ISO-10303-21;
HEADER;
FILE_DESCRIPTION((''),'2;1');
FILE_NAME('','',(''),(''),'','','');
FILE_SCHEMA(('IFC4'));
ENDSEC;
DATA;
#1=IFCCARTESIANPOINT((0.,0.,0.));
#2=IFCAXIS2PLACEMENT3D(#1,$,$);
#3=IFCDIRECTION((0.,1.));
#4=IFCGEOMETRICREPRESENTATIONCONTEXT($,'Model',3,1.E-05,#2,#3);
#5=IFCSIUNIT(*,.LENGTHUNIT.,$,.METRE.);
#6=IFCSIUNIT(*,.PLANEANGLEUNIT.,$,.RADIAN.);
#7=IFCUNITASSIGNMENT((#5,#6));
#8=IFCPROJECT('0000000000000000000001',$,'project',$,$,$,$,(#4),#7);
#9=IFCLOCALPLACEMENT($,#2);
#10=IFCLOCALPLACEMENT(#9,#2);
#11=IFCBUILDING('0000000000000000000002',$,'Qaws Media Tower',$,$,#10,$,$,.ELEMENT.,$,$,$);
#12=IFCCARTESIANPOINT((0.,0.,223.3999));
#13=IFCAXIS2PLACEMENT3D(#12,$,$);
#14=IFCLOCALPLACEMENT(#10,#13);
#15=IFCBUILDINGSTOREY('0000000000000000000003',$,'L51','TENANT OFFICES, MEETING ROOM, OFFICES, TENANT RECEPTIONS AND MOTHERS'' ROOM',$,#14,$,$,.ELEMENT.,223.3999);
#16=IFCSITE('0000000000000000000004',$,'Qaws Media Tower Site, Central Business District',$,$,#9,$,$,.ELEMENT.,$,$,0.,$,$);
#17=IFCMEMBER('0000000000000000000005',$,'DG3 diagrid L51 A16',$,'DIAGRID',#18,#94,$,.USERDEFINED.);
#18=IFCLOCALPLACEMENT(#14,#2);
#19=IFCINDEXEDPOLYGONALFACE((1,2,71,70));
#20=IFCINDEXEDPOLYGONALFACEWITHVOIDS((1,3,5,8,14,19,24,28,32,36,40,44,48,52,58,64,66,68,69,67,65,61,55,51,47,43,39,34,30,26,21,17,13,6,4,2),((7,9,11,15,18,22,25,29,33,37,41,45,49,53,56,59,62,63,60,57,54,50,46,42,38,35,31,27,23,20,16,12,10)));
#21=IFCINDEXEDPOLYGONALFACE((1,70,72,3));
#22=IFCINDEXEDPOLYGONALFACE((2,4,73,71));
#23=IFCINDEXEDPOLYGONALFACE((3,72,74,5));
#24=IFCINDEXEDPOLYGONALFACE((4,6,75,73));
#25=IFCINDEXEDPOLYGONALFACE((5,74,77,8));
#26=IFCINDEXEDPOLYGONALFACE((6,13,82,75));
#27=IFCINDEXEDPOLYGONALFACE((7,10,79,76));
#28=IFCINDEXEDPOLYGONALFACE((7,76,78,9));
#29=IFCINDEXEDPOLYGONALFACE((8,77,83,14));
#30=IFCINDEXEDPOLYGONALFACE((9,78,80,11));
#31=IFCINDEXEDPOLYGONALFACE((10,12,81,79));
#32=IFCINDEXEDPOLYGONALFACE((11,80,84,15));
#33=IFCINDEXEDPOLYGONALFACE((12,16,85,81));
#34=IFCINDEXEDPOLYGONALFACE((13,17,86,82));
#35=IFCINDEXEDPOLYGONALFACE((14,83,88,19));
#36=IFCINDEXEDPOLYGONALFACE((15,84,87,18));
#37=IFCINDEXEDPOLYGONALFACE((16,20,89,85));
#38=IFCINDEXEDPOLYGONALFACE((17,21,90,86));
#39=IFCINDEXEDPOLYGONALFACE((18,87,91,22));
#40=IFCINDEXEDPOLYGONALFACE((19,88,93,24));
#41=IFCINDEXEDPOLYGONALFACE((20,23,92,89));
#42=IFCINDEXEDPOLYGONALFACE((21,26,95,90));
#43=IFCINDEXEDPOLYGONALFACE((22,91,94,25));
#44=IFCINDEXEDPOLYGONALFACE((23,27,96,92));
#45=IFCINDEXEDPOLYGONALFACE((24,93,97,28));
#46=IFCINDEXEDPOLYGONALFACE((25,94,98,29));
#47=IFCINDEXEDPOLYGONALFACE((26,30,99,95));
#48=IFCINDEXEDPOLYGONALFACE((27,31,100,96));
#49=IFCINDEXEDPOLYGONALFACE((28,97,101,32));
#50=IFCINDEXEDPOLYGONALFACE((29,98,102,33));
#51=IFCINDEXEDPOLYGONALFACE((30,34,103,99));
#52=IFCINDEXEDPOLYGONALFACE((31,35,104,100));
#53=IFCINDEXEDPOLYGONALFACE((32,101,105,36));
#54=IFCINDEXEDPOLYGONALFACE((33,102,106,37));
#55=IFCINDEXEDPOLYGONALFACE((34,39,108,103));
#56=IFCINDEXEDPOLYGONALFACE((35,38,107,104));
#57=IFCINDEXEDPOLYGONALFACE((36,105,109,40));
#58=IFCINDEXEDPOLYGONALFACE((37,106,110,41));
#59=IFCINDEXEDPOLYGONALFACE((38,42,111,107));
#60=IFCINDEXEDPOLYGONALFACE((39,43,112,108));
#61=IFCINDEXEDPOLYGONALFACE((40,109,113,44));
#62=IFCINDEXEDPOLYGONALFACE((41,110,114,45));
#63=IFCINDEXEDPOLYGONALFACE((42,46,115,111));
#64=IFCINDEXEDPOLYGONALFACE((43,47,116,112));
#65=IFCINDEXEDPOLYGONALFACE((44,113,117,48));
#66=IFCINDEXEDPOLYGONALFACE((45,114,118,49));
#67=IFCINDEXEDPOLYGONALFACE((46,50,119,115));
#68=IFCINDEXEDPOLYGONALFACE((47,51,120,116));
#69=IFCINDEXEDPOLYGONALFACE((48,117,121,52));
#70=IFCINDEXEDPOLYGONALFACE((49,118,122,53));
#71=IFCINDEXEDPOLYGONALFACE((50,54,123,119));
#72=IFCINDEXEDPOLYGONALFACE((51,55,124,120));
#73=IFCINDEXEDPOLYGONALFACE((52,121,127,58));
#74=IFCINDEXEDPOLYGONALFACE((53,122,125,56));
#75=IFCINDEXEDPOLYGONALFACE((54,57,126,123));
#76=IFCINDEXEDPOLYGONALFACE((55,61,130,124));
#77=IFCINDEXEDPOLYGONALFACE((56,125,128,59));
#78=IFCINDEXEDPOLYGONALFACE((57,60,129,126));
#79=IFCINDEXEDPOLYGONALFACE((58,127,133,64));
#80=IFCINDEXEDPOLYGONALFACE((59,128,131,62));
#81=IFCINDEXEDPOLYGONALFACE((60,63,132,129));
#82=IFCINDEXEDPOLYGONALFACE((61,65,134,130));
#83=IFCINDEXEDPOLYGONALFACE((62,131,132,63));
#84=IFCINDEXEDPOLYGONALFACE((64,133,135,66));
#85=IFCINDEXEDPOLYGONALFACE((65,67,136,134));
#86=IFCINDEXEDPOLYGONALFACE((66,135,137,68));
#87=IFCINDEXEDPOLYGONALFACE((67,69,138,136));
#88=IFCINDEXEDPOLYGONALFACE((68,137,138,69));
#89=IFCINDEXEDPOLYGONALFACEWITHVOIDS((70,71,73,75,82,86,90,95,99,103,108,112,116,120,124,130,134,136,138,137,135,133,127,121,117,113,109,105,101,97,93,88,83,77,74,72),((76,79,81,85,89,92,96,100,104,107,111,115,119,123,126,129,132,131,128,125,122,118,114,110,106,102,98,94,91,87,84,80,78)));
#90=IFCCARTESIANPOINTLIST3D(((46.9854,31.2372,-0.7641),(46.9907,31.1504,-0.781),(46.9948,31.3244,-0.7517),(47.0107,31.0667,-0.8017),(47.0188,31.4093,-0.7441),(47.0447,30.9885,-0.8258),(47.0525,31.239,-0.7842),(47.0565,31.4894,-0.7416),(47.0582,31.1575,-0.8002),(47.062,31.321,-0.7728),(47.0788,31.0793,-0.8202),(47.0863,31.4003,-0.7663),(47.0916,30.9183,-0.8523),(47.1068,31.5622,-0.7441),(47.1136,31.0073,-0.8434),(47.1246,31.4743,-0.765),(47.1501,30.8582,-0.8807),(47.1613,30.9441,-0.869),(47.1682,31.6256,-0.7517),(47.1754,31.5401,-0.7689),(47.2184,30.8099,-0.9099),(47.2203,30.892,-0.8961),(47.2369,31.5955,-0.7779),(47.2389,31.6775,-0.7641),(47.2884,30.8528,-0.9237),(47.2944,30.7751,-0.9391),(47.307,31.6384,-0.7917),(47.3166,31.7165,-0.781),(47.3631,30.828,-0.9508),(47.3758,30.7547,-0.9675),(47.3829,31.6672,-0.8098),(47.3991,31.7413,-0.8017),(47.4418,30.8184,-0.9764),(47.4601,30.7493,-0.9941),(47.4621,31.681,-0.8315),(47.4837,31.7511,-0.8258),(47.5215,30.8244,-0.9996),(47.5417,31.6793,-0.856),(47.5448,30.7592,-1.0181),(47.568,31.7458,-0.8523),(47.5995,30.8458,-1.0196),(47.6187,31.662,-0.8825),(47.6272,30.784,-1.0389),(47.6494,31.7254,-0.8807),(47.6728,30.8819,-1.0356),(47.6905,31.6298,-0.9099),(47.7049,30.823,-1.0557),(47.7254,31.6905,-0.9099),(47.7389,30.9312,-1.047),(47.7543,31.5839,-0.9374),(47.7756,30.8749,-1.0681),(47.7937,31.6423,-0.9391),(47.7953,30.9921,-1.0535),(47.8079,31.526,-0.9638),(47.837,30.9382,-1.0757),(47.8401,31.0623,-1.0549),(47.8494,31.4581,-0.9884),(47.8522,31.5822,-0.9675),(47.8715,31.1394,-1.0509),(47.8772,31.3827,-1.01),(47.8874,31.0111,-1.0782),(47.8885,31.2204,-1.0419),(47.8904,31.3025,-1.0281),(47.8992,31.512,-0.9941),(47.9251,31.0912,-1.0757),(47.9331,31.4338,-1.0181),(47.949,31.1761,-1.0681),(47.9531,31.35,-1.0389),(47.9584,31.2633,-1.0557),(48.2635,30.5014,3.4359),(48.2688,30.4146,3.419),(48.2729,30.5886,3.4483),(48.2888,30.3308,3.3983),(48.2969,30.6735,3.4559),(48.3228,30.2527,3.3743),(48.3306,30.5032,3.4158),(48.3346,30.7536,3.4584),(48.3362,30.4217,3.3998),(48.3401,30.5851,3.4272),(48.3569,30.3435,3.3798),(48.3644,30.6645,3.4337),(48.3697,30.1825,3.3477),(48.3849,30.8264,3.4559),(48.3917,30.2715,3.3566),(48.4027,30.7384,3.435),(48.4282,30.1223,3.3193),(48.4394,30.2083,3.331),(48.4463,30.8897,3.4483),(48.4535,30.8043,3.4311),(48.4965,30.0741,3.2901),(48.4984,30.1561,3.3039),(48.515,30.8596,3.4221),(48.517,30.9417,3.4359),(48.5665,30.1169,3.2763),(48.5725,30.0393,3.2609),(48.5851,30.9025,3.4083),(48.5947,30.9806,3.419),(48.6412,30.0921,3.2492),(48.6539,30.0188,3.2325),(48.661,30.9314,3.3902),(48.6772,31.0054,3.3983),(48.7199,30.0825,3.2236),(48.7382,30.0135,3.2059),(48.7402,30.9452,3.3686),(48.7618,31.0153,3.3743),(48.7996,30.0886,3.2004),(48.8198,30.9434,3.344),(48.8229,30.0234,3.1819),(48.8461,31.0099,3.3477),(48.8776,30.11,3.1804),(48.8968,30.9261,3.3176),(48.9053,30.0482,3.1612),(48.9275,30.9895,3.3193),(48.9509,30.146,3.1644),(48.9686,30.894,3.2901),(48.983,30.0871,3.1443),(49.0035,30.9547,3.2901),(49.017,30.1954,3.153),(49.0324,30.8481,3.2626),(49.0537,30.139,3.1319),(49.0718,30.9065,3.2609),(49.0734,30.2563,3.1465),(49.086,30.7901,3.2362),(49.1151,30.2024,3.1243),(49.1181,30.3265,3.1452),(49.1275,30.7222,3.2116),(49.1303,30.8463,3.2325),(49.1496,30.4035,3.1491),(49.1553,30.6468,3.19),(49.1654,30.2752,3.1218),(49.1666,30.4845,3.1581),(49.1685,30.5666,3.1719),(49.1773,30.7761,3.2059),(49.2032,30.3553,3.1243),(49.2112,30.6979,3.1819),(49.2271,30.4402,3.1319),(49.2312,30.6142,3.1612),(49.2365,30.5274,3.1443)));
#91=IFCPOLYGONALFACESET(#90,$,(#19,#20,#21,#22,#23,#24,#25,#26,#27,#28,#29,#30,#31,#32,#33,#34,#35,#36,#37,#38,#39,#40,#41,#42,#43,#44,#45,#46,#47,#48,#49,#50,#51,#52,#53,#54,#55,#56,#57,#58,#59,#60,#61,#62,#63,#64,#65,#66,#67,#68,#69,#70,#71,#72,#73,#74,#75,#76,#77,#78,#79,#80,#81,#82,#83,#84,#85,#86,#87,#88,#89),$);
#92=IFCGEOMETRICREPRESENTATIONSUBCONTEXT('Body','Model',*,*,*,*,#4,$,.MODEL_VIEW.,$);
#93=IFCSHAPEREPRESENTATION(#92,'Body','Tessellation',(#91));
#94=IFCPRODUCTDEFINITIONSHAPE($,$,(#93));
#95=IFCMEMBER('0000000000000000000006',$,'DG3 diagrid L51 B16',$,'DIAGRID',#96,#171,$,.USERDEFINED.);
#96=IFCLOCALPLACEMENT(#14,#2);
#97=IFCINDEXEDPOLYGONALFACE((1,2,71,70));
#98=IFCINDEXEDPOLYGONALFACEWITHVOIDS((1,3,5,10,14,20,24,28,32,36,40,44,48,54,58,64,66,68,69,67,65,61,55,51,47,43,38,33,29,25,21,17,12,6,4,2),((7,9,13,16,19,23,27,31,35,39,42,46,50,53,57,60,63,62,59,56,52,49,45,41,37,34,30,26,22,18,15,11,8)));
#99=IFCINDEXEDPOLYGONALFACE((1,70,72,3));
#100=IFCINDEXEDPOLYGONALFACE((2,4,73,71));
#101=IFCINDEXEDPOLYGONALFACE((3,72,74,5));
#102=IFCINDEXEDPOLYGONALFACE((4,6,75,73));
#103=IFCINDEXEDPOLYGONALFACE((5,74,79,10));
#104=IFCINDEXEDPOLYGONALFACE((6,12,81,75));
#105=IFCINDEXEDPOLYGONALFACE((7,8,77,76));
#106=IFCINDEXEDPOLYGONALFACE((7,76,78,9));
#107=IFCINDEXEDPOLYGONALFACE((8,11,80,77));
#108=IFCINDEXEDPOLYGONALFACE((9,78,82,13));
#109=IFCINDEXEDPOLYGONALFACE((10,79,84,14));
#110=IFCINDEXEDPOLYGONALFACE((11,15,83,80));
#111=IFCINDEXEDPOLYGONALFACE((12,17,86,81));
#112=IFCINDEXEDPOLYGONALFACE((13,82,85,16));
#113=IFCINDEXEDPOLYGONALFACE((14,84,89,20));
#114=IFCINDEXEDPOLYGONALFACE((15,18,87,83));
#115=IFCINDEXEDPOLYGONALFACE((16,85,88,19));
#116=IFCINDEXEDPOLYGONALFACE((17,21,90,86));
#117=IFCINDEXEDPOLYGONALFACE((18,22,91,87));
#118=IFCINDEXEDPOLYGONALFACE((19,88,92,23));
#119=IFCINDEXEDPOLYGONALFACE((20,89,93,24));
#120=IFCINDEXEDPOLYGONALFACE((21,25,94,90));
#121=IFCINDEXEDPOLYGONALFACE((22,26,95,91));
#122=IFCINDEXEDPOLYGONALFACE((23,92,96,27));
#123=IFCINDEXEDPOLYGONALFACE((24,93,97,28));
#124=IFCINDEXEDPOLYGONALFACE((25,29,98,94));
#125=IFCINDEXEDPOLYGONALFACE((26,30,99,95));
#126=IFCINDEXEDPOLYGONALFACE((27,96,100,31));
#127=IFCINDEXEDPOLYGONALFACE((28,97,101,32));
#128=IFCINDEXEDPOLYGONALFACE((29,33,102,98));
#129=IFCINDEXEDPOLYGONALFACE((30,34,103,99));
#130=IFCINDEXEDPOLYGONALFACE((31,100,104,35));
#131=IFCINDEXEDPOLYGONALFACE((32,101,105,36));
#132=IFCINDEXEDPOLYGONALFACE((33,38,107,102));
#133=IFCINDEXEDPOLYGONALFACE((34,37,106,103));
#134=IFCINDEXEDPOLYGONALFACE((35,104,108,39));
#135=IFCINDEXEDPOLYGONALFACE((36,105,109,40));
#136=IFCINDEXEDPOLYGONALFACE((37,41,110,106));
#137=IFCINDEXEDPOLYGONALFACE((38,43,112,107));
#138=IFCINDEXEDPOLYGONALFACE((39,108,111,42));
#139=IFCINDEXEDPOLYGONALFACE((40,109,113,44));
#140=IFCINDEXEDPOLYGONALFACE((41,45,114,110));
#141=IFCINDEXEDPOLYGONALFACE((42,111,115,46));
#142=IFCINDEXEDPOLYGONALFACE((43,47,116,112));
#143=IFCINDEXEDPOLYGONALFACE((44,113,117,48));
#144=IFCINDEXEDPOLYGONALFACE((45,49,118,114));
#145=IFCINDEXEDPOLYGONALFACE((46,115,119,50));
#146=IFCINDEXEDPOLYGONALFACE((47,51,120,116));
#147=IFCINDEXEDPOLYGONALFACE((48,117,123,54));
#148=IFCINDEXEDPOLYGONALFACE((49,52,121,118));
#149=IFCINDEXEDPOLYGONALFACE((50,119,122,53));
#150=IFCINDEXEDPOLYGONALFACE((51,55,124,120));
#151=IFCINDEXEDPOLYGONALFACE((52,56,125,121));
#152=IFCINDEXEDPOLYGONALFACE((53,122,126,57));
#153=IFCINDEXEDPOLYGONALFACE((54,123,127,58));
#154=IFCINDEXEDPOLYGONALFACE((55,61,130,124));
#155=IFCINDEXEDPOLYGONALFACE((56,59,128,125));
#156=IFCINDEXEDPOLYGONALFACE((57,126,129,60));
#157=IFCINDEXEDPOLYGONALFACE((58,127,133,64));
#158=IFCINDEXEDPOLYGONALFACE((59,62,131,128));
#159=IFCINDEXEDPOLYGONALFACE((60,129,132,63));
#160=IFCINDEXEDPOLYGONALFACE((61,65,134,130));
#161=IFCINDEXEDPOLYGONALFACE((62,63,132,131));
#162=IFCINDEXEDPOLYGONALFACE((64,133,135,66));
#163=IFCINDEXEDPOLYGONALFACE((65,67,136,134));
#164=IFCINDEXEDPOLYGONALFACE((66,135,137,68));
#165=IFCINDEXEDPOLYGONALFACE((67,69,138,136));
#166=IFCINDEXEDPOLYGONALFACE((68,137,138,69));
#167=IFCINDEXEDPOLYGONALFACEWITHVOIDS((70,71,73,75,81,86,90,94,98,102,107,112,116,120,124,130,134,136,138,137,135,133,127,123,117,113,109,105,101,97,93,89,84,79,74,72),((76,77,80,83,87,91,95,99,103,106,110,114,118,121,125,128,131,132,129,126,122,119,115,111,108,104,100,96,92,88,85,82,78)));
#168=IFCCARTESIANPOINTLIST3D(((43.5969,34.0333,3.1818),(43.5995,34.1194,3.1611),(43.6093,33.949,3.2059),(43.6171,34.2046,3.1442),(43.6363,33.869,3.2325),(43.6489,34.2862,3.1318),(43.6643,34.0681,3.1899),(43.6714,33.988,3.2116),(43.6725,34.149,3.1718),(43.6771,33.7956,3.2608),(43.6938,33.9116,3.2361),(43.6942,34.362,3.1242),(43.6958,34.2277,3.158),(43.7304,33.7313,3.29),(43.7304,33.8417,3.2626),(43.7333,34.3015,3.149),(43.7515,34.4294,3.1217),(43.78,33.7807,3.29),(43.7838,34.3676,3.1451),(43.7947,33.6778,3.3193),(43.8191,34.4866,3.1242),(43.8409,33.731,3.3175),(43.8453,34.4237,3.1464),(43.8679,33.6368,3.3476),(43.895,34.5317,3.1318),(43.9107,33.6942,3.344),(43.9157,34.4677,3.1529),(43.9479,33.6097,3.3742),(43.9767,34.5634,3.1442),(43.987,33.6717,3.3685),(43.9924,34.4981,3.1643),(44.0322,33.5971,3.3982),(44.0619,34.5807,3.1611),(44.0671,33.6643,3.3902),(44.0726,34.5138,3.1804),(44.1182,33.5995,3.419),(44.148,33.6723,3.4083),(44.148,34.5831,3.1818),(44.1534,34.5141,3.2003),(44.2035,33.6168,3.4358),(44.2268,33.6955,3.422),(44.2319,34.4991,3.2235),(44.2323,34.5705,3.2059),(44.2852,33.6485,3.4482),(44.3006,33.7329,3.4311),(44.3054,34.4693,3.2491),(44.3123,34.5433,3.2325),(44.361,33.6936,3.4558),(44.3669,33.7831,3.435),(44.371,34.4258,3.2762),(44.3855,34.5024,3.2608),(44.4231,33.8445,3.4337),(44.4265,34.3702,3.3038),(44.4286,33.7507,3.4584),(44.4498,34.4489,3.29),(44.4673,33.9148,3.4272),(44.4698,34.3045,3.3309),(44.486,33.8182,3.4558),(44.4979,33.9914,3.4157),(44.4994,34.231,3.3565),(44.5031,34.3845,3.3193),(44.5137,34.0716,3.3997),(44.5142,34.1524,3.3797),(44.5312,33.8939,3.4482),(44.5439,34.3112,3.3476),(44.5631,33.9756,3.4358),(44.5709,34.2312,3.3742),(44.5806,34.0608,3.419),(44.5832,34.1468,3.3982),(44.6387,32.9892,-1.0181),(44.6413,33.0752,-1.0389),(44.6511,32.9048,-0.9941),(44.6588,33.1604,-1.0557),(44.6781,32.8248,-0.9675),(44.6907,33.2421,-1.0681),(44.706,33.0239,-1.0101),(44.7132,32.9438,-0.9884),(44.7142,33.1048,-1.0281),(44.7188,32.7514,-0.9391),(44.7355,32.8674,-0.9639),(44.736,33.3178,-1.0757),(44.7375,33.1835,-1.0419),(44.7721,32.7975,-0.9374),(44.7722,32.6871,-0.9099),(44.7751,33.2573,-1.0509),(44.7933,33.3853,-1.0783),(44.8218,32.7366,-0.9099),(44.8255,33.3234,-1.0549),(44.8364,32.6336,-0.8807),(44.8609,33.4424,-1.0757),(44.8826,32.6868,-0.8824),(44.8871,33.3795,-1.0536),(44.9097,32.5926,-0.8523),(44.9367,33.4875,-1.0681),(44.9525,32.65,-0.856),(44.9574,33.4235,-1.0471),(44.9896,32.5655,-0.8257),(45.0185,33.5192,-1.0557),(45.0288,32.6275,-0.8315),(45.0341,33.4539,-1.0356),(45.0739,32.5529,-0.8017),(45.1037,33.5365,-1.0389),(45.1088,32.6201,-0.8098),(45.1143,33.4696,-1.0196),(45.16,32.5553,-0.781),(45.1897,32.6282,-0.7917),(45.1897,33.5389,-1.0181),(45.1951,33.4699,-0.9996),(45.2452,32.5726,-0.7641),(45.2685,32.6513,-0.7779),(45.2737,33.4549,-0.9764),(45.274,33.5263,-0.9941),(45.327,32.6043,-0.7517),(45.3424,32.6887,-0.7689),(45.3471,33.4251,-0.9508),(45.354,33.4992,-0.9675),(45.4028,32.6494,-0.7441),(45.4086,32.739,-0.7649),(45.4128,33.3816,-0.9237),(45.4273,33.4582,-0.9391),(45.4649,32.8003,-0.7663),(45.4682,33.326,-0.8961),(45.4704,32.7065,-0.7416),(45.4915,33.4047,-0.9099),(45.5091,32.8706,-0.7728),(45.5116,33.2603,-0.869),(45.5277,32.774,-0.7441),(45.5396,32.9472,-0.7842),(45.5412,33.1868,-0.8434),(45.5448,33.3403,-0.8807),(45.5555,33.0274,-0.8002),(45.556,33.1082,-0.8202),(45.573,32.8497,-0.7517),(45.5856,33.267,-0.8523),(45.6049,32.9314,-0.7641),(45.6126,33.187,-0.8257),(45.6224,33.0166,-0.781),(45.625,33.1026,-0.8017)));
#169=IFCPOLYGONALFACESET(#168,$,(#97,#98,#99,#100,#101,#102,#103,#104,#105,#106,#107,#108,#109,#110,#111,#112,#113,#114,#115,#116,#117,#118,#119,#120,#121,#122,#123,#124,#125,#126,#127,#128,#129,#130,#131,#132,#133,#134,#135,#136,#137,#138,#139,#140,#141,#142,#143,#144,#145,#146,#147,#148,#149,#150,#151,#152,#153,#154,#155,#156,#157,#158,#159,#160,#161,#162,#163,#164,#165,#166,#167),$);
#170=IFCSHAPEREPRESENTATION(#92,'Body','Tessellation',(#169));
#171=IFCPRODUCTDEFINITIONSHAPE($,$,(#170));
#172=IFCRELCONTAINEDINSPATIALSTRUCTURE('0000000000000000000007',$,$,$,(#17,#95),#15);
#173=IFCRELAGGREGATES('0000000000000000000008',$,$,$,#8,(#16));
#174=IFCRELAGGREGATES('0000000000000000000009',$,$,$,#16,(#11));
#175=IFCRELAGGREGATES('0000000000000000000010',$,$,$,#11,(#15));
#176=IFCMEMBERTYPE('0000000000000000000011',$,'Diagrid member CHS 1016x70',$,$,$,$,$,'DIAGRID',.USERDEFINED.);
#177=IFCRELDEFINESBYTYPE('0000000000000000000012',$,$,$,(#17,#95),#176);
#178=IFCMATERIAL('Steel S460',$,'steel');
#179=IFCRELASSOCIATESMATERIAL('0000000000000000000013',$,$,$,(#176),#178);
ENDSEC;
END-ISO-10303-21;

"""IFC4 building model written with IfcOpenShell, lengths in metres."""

from ifc_helpers import new_model, si_unit, direction, frame, origin, origin_2d, place, context, subcontext, project, spatial, hollow_circle, extrude, material, material_profile, profile_set, type_object, element, save


model = new_model("IFC4")

# Units and contexts
model_context = context("Model", 3, precision=1e-05, world=origin(), true_north=direction((0.0, 1.0)))
body_context = subcontext(model_context, "Body", "Model", "MODEL_VIEW")
ifc_project = project(units=[si_unit("LENGTHUNIT", "METRE"), si_unit("PLANEANGLEUNIT", "RADIAN")], contexts=[model_context])

# Site, building, storey
site_placement = place(None, origin())
site = spatial("IfcSite", under=ifc_project, at=site_placement, Name="Qaws Media Tower Site, Central Business District", CompositionType="ELEMENT", RefElevation=0.0)
building_placement = place(site_placement, origin())
building = spatial("IfcBuilding", under=site, at=building_placement, Name="Qaws Media Tower", CompositionType="ELEMENT")
storey_placement = place(building_placement, frame((0.0, 0.0, 223.3999)))
storey = spatial("IfcBuildingStorey", under=building, at=storey_placement, Name="L51", Description="TENANT OFFICES, MEETING ROOM, OFFICES, TENANT RECEPTIONS AND MOTHERS' ROOM", CompositionType="ELEMENT", Elevation=223.3999)

# Members
ifc_material_1 = material(Name="Steel S460", Category="steel")
ifc_material_profile_1 = material_profile(ifc_material_1, hollow_circle(Radius=0.5081, WallThickness=0.0701, at=origin_2d()), Name="CHS 1016x70")
ifc_profile_set_1 = profile_set([ifc_material_profile_1], Name="Steel S460")
member_type_1 = type_object("IfcMemberType", Name="Diagrid member CHS 1016x70", ElementType="DIAGRID", PredefinedType="USERDEFINED", material=ifc_profile_set_1)
for number, where, z_axis, x_axis, name in (
    (1, (47.4719, 31.2502, -0.9099), (0.287121, -0.165307, 0.943523), (0.498953, 0.866629, 0.0), "DG3 diagrid L51 A16"),
    (2, (45.1318, 33.0459, -0.9099), (-0.234026, 0.234574, 0.943508), (-0.707934, -0.706279, 0.0), "DG3 diagrid L51 B16"),
):
    element("IfcMember", number, at=place(storey_placement, frame(where, z_axis=z_axis, x_axis=x_axis)), inside=storey, type_object=member_type_1, Name=name, ObjectType="DIAGRID", PredefinedType="USERDEFINED", context=body_context, shape_type="SweptSolid", body=[
        extrude(hollow_circle(Radius=0.5081, WallThickness=0.0701, at=origin_2d()), origin(), (0.0, 0.0, 1.0), 4.4514),
    ])

save(model, "model.ifc")
